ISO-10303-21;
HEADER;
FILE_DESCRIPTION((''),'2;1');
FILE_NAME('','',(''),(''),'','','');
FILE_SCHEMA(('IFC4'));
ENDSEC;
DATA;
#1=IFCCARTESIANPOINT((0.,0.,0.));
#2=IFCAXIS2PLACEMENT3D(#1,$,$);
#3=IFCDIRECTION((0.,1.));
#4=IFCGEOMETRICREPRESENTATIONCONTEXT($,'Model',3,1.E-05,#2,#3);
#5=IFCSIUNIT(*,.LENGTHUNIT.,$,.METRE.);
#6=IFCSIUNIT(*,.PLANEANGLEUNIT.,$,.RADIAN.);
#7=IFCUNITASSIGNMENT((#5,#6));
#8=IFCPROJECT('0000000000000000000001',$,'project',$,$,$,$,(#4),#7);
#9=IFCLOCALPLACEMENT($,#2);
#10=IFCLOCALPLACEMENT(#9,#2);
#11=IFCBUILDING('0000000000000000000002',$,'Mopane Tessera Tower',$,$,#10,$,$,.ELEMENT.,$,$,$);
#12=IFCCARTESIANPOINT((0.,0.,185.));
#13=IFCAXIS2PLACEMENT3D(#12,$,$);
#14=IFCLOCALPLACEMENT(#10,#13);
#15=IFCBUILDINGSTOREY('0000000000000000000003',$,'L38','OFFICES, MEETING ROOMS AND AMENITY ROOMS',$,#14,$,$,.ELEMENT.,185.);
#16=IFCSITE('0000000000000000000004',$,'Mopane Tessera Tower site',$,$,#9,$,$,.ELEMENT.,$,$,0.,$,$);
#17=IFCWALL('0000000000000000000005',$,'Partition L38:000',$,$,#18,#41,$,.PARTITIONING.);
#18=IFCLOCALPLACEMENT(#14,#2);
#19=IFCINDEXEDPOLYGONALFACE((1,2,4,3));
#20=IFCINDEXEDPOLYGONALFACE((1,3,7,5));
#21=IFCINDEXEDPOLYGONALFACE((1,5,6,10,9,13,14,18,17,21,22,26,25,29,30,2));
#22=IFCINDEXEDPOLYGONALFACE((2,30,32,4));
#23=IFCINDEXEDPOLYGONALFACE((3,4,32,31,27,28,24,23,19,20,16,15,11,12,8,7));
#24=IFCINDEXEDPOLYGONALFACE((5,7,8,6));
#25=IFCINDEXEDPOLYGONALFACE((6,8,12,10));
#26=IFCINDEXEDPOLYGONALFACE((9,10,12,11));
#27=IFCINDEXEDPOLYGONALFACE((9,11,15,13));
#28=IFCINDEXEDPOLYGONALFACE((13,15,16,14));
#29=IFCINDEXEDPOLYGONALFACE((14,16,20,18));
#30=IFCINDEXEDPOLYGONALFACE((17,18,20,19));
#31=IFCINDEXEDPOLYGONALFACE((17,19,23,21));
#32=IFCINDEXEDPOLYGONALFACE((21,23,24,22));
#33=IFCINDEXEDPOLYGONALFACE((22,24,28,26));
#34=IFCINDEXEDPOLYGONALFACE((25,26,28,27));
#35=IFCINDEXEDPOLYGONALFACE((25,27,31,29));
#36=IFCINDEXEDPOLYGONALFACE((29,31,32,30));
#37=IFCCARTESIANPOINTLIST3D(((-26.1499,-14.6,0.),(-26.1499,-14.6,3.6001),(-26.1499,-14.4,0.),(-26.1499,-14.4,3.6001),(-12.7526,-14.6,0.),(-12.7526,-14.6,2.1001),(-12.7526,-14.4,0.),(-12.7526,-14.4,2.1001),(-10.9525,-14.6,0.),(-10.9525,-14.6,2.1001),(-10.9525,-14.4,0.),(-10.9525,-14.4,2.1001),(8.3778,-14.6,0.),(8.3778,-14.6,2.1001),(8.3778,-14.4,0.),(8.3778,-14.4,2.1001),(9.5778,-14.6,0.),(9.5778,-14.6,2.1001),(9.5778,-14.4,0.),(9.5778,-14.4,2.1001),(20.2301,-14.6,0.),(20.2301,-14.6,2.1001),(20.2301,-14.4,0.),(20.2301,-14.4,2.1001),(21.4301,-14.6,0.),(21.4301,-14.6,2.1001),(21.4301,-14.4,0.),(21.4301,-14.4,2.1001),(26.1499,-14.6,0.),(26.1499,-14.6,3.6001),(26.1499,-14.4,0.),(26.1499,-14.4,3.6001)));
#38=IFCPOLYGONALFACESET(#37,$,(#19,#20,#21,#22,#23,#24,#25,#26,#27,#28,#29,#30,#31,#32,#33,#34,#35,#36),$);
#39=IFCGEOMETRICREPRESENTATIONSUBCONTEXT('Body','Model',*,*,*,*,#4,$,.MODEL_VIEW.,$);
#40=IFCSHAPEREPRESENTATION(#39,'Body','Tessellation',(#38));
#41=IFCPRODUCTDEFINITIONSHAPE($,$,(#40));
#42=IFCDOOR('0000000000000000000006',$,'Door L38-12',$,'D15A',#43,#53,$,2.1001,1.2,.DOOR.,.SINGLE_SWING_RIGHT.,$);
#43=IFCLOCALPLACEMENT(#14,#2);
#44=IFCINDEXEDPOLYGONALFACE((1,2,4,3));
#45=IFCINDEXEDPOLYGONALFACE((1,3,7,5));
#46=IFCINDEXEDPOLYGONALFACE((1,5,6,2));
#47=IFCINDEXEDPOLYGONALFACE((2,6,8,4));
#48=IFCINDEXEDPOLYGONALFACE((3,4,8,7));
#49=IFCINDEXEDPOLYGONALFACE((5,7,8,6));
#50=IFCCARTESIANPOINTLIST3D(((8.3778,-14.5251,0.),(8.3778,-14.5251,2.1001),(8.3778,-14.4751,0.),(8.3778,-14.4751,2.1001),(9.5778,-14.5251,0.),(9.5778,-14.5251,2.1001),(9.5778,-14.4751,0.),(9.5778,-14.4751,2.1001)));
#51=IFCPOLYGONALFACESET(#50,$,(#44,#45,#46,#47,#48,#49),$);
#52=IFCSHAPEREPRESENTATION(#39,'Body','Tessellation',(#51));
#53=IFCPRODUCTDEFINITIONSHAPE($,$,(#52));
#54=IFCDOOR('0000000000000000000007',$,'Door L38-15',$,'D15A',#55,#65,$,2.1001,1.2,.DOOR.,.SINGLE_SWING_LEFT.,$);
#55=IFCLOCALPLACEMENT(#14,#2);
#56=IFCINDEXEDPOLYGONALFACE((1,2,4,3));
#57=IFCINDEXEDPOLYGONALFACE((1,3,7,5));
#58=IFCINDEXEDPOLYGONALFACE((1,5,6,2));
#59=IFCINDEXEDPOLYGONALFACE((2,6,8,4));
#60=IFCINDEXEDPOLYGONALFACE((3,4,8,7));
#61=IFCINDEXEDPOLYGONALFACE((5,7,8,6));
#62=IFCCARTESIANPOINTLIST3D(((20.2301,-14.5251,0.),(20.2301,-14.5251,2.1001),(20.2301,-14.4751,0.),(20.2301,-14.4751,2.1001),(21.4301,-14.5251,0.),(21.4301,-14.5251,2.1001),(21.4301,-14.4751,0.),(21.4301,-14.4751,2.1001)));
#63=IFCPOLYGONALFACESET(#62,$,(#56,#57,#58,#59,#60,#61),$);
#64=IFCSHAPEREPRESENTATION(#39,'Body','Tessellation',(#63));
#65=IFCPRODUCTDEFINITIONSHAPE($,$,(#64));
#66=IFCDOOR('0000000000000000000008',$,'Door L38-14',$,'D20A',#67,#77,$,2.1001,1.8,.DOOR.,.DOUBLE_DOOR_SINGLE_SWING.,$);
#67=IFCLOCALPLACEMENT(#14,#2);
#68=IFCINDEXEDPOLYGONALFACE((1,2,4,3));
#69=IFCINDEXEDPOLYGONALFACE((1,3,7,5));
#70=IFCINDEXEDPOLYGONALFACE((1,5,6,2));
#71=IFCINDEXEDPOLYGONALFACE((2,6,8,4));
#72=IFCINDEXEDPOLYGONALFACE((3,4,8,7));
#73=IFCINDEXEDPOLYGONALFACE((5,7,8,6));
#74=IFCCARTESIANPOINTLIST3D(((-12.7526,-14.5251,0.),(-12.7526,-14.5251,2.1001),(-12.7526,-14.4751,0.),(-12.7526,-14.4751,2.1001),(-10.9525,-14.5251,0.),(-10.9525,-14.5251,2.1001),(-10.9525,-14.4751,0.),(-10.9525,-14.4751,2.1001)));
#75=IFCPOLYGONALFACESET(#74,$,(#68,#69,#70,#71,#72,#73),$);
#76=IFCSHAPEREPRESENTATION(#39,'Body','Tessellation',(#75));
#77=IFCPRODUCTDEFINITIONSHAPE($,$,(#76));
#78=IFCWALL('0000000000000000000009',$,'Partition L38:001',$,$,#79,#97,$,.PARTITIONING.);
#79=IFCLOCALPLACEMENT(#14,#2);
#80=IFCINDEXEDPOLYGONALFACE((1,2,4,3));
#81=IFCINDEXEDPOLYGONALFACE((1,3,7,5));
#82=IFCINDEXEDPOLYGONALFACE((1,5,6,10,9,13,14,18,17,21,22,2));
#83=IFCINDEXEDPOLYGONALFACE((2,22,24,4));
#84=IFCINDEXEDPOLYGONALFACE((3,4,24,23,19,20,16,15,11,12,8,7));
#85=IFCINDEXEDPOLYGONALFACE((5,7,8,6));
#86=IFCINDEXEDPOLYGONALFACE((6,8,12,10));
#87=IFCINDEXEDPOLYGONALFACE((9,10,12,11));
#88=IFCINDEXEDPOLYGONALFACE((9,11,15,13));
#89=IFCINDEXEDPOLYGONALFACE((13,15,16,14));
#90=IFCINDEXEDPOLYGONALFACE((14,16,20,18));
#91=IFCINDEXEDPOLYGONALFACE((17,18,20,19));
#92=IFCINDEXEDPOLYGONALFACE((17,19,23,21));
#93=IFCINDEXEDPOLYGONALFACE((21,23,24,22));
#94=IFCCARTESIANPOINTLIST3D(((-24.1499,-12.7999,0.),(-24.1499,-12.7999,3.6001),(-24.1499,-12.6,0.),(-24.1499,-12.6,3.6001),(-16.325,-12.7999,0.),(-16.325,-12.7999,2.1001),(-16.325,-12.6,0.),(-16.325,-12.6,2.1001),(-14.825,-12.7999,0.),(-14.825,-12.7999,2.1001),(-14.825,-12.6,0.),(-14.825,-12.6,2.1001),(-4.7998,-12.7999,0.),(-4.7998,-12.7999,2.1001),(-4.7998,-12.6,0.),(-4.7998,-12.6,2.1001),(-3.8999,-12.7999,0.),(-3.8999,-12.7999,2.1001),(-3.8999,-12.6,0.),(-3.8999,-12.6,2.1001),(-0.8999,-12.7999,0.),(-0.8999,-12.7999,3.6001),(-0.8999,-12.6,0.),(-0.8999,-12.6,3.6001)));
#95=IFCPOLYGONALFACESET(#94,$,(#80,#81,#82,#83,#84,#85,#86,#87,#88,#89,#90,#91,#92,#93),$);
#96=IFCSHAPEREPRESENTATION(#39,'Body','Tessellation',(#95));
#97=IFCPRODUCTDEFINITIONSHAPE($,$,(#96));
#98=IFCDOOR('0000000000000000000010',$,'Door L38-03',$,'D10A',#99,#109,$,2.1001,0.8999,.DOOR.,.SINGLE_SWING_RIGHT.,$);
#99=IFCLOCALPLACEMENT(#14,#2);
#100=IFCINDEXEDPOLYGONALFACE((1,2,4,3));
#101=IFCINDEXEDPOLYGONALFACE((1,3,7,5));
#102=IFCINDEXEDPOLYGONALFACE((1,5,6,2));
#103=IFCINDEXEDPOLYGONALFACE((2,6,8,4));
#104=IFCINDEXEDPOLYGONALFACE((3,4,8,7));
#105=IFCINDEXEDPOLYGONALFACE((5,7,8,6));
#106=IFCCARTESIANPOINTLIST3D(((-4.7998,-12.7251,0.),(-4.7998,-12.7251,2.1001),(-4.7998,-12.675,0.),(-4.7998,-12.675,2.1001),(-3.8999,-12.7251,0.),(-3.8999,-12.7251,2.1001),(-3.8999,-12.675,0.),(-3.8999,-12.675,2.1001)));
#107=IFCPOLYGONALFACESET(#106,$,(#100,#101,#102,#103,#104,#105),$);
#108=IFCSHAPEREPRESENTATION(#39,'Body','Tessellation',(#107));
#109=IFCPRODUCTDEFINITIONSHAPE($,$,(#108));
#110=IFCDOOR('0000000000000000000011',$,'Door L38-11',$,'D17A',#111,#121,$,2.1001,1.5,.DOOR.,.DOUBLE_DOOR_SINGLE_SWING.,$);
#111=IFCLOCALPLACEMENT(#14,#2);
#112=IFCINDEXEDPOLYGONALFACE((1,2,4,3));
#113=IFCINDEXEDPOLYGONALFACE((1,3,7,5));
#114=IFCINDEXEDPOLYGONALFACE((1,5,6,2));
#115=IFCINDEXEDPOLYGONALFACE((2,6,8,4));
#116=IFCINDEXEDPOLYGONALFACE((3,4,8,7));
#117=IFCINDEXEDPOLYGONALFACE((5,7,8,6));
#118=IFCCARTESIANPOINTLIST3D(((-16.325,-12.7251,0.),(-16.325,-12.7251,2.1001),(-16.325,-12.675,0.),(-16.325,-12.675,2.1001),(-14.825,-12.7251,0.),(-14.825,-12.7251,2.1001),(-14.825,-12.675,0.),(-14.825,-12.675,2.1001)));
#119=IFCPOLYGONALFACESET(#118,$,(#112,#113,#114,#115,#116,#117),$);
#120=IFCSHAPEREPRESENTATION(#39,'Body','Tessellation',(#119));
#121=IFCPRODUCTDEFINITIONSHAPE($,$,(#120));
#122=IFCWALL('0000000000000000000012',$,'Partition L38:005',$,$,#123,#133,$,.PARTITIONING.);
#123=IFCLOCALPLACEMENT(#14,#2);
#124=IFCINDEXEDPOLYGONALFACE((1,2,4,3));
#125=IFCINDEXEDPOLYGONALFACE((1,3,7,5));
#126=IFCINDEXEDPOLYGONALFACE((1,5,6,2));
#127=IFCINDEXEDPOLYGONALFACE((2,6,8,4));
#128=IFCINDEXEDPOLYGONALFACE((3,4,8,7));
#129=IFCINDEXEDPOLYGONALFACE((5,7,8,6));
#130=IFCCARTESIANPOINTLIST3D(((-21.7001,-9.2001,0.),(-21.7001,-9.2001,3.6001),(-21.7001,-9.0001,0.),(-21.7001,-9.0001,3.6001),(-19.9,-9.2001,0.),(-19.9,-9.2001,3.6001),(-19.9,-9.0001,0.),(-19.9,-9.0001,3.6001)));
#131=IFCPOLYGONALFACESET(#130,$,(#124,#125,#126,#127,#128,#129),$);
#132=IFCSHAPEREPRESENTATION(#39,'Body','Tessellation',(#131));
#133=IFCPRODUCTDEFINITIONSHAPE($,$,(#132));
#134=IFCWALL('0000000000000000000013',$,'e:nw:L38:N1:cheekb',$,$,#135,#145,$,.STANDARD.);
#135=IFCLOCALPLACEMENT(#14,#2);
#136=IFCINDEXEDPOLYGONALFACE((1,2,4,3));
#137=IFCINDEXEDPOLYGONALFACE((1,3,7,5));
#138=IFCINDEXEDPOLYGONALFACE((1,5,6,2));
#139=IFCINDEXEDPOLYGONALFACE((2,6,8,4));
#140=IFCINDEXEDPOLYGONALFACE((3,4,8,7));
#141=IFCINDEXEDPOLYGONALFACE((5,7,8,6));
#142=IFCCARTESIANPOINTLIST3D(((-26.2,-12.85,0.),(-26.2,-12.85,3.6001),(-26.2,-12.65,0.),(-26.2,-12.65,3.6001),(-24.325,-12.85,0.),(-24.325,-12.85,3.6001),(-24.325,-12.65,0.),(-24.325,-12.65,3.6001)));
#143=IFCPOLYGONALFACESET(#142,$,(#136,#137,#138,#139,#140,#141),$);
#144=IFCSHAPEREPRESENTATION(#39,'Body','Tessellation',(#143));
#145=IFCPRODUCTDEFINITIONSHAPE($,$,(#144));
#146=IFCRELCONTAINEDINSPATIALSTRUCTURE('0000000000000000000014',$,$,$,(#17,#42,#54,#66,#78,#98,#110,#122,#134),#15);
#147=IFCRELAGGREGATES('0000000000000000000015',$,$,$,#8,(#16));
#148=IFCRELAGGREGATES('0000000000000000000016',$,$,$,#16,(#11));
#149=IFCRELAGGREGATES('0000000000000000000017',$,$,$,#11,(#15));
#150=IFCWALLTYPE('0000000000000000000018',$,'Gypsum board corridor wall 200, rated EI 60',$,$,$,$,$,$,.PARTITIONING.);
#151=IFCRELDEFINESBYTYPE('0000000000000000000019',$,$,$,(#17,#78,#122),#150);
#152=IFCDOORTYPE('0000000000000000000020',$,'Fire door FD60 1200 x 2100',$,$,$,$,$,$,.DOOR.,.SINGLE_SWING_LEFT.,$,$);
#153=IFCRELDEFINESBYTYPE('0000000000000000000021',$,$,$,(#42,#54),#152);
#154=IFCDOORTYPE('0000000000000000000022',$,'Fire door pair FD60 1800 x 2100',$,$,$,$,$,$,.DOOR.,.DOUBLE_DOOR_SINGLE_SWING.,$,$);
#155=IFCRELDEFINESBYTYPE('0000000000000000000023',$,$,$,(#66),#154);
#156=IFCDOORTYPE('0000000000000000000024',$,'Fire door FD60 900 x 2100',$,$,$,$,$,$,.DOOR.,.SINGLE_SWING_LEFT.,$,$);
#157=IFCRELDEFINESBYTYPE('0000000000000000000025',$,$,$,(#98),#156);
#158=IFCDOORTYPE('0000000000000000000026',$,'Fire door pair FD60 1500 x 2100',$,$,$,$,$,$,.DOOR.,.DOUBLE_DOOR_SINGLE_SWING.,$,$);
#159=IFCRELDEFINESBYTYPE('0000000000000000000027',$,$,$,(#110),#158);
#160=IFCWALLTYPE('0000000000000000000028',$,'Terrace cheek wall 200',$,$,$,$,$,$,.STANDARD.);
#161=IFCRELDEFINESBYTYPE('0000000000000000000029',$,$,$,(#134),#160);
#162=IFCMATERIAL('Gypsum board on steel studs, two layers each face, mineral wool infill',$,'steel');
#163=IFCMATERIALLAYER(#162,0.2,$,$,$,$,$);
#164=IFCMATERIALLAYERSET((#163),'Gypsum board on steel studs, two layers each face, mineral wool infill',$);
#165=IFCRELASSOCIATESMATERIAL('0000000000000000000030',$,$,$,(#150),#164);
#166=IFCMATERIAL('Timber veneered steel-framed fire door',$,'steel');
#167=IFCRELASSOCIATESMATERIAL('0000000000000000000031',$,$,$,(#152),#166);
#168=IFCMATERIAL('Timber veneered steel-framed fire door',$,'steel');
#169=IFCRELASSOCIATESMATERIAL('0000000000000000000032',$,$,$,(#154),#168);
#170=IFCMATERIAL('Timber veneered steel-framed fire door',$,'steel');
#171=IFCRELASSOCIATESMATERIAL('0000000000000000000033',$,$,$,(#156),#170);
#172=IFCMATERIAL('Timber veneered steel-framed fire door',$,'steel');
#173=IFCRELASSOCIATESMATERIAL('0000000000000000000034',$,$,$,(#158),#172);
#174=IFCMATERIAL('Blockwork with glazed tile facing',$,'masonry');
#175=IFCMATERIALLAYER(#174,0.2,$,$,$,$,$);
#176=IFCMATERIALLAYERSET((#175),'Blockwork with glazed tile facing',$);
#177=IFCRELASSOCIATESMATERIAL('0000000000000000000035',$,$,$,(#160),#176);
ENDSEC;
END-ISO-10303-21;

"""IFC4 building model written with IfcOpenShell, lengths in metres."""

from ifc_helpers import new_model, si_unit, direction, frame, frame_2d, origin, place, context, subcontext, project, spatial, rectangle, extrude, material, layer, layer_set, type_object, element, fill, save


model = new_model("IFC4")

# Units and contexts
model_context = context("Model", 3, precision=1e-05, world=origin(), true_north=direction((0.0, 1.0)))
body_context = subcontext(model_context, "Body", "Model", "MODEL_VIEW")
ifc_project = project(units=[si_unit("LENGTHUNIT", "METRE"), si_unit("PLANEANGLEUNIT", "RADIAN")], contexts=[model_context])

# Site, building, storey
site_placement = place(None, origin())
site = spatial("IfcSite", under=ifc_project, at=site_placement, Name="Mopane Tessera Tower site", CompositionType="ELEMENT", RefElevation=0.0)
building_placement = place(site_placement, origin())
building = spatial("IfcBuilding", under=site, at=building_placement, Name="Mopane Tessera Tower", CompositionType="ELEMENT")
storey_placement = place(building_placement, frame((0.0, 0.0, 185.0)))
storey = spatial("IfcBuildingStorey", under=building, at=storey_placement, Name="L38", Description="OFFICES, MEETING ROOMS AND AMENITY ROOMS", CompositionType="ELEMENT", Elevation=185.0)

# Walls, openings, doors
ifc_material_1 = material(Name="Gypsum board on steel studs, two layers each face, mineral wool infill", Category="steel")
ifc_layer_1 = layer(ifc_material_1, 0.2)
ifc_layer_set_1 = layer_set([ifc_layer_1], Name="Gypsum board on steel studs, two layers each face, mineral wool infill")
wall_type_1 = type_object("IfcWallType", Name="Gypsum board corridor wall 200, rated EI 60", PredefinedType="PARTITIONING", material=ifc_layer_set_1)
wall_1_placement = place(storey_placement, frame((-26.1499, -14.5, 0.0), z_axis=(0.0, 0.0, 1.0), x_axis=(1.0, 0.0, 0.0)))
wall_1 = element("IfcWall", 1, at=wall_1_placement, inside=storey, type_object=wall_type_1, Name="Partition L38:000", PredefinedType="PARTITIONING", context=body_context, shape_type="SweptSolid", body=[
    extrude(rectangle(XDim=52.2998, YDim=0.2, at=frame_2d((26.1499, 0.0))), origin(), (0.0, 0.0, 1.0), 3.6001),
])
opening_1_placement = place(wall_1_placement, frame((34.5276, 0.0, 0.0)))
opening_1 = element("IfcOpeningElement", 2, at=opening_1_placement, cuts=wall_1, PredefinedType="OPENING", context=body_context, shape_type="SweptSolid", body=[
    extrude(rectangle(XDim=1.2, YDim=2.1001, at=frame_2d((0.6001, 1.05))), frame((0.0, 0.1121, 0.0), z_axis=(0.0, -1.0, 0.0), x_axis=(1.0, 0.0, 0.0)), (0.0, 0.0, 1.0), 0.2239),
])
opening_2_placement = place(wall_1_placement, frame((13.3975, 0.0, 0.0)))
opening_2 = element("IfcOpeningElement", 3, at=opening_2_placement, cuts=wall_1, PredefinedType="OPENING", context=body_context, shape_type="SweptSolid", body=[
    extrude(rectangle(XDim=1.8, YDim=2.1001, at=frame_2d((0.8999, 1.05))), frame((0.0, 0.1121, 0.0), z_axis=(0.0, -1.0, 0.0), x_axis=(1.0, 0.0, 0.0)), (0.0, 0.0, 1.0), 0.2239),
])
opening_3_placement = place(wall_1_placement, frame((46.3799, 0.0, 0.0)))
opening_3 = element("IfcOpeningElement", 4, at=opening_3_placement, cuts=wall_1, PredefinedType="OPENING", context=body_context, shape_type="SweptSolid", body=[
    extrude(rectangle(XDim=1.2, YDim=2.1001, at=frame_2d((0.6001, 1.05))), frame((0.0, 0.1121, 0.0), z_axis=(0.0, -1.0, 0.0), x_axis=(1.0, 0.0, 0.0)), (0.0, 0.0, 1.0), 0.2239),
])
ifc_material_2 = material(Name="Timber veneered steel-framed fire door", Category="steel")
door_type_1 = type_object("IfcDoorType", Name="Fire door FD60 1200 x 2100", OperationType="SINGLE_SWING_LEFT", PredefinedType="DOOR", material=ifc_material_2)
door_1_placement = place(opening_1_placement, origin())
door_1 = element("IfcDoor", 5, at=door_1_placement, inside=storey, type_object=door_type_1, Name="Door L38-12", ObjectType="D15A", OperationType="SINGLE_SWING_RIGHT", OverallHeight=2.1001, OverallWidth=1.2, PredefinedType="DOOR", context=body_context, shape_type="SweptSolid", body=[
    extrude(rectangle(XDim=1.2, YDim=2.1001, at=frame_2d((0.6001, 1.05))), frame((0.0, 0.0249, 0.0), z_axis=(0.0, -1.0, 0.0), x_axis=(1.0, 0.0, 0.0)), (0.0, 0.0, 1.0), 0.05),
])
fill(opening_1, door_1)
door_2_placement = place(opening_3_placement, origin())
door_2 = element("IfcDoor", 6, at=door_2_placement, inside=storey, type_object=door_type_1, Name="Door L38-15", ObjectType="D15A", OperationType="SINGLE_SWING_LEFT", OverallHeight=2.1001, OverallWidth=1.2, PredefinedType="DOOR", context=body_context, shape_type="SweptSolid", body=[
    extrude(rectangle(XDim=1.2, YDim=2.1001, at=frame_2d((0.6001, 1.05))), frame((0.0, 0.0249, 0.0), z_axis=(0.0, -1.0, 0.0), x_axis=(1.0, 0.0, 0.0)), (0.0, 0.0, 1.0), 0.05),
])
fill(opening_3, door_2)
ifc_material_3 = material(Name="Timber veneered steel-framed fire door", Category="steel")
door_type_2 = type_object("IfcDoorType", Name="Fire door pair FD60 1800 x 2100", OperationType="DOUBLE_DOOR_SINGLE_SWING", PredefinedType="DOOR", material=ifc_material_3)
door_3_placement = place(opening_2_placement, origin())
door_3 = element("IfcDoor", 7, at=door_3_placement, inside=storey, type_object=door_type_2, Name="Door L38-14", ObjectType="D20A", OperationType="DOUBLE_DOOR_SINGLE_SWING", OverallHeight=2.1001, OverallWidth=1.8, PredefinedType="DOOR", context=body_context, shape_type="SweptSolid", body=[
    extrude(rectangle(XDim=1.8, YDim=2.1001, at=frame_2d((0.8999, 1.05))), frame((0.0, 0.0249, 0.0), z_axis=(0.0, -1.0, 0.0), x_axis=(1.0, 0.0, 0.0)), (0.0, 0.0, 1.0), 0.05),
])
fill(opening_2, door_3)
wall_2_placement = place(storey_placement, frame((-24.1499, -12.7, 0.0), z_axis=(0.0, 0.0, 1.0), x_axis=(1.0, 0.0, 0.0)))
wall_2 = element("IfcWall", 8, at=wall_2_placement, inside=storey, type_object=wall_type_1, Name="Partition L38:001", PredefinedType="PARTITIONING", context=body_context, shape_type="SweptSolid", body=[
    extrude(rectangle(XDim=23.25, YDim=0.2, at=frame_2d((11.625, 0.0))), origin(), (0.0, 0.0, 1.0), 3.6001),
])
opening_4_placement = place(wall_2_placement, frame((19.3501, 0.0, 0.0)))
opening_4 = element("IfcOpeningElement", 9, at=opening_4_placement, cuts=wall_2, PredefinedType="OPENING", context=body_context, shape_type="SweptSolid", body=[
    extrude(rectangle(XDim=0.8999, YDim=2.1001, at=frame_2d((0.45, 1.05))), frame((0.0, 0.1121, 0.0), z_axis=(0.0, -1.0, 0.0), x_axis=(1.0, 0.0, 0.0)), (0.0, 0.0, 1.0), 0.2239),
])
opening_5_placement = place(wall_2_placement, frame((7.825, 0.0, 0.0)))
opening_5 = element("IfcOpeningElement", 10, at=opening_5_placement, cuts=wall_2, PredefinedType="OPENING", context=body_context, shape_type="SweptSolid", body=[
    extrude(rectangle(XDim=1.5, YDim=2.1001, at=frame_2d((0.75, 1.05))), frame((0.0, 0.1121, 0.0), z_axis=(0.0, -1.0, 0.0), x_axis=(1.0, 0.0, 0.0)), (0.0, 0.0, 1.0), 0.2239),
])
ifc_material_4 = material(Name="Timber veneered steel-framed fire door", Category="steel")
door_type_3 = type_object("IfcDoorType", Name="Fire door FD60 900 x 2100", OperationType="SINGLE_SWING_LEFT", PredefinedType="DOOR", material=ifc_material_4)
door_4_placement = place(opening_4_placement, origin())
door_4 = element("IfcDoor", 11, at=door_4_placement, inside=storey, type_object=door_type_3, Name="Door L38-03", ObjectType="D10A", OperationType="SINGLE_SWING_RIGHT", OverallHeight=2.1001, OverallWidth=0.8999, PredefinedType="DOOR", context=body_context, shape_type="SweptSolid", body=[
    extrude(rectangle(XDim=0.8999, YDim=2.1001, at=frame_2d((0.45, 1.05))), frame((0.0, 0.0249, 0.0), z_axis=(0.0, -1.0, 0.0), x_axis=(1.0, 0.0, 0.0)), (0.0, 0.0, 1.0), 0.05),
])
fill(opening_4, door_4)
ifc_material_5 = material(Name="Timber veneered steel-framed fire door", Category="steel")
door_type_4 = type_object("IfcDoorType", Name="Fire door pair FD60 1500 x 2100", OperationType="DOUBLE_DOOR_SINGLE_SWING", PredefinedType="DOOR", material=ifc_material_5)
door_5_placement = place(opening_5_placement, origin())
door_5 = element("IfcDoor", 12, at=door_5_placement, inside=storey, type_object=door_type_4, Name="Door L38-11", ObjectType="D17A", OperationType="DOUBLE_DOOR_SINGLE_SWING", OverallHeight=2.1001, OverallWidth=1.5, PredefinedType="DOOR", context=body_context, shape_type="SweptSolid", body=[
    extrude(rectangle(XDim=1.5, YDim=2.1001, at=frame_2d((0.75, 1.05))), frame((0.0, 0.0249, 0.0), z_axis=(0.0, -1.0, 0.0), x_axis=(1.0, 0.0, 0.0)), (0.0, 0.0, 1.0), 0.05),
])
fill(opening_5, door_5)

# Walls
wall_3_placement = place(storey_placement, frame((-21.7, -9.1001, 0.0), z_axis=(0.0, 0.0, 1.0), x_axis=(1.0, 0.0, 0.0)))
element("IfcWall", 13, at=wall_3_placement, inside=storey, type_object=wall_type_1, Name="Partition L38:005", PredefinedType="PARTITIONING", context=body_context, shape_type="SweptSolid", body=[
    extrude(rectangle(XDim=1.8, YDim=0.2, at=frame_2d((0.8999, 0.0))), origin(), (0.0, 0.0, 1.0), 3.6001),
])
ifc_material_6 = material(Name="Blockwork with glazed tile facing", Category="masonry")
ifc_layer_2 = layer(ifc_material_6, 0.2)
ifc_layer_set_2 = layer_set([ifc_layer_2], Name="Blockwork with glazed tile facing")
wall_type_2 = type_object("IfcWallType", Name="Terrace cheek wall 200", PredefinedType="STANDARD", material=ifc_layer_set_2)
wall_4_placement = place(storey_placement, frame((-26.2, -12.75, 0.0), z_axis=(0.0, 0.0, 1.0), x_axis=(1.0, 0.0, 0.0)))
element("IfcWall", 14, at=wall_4_placement, inside=storey, type_object=wall_type_2, Name="e:nw:L38:N1:cheekb", PredefinedType="STANDARD", context=body_context, shape_type="SweptSolid", body=[
    extrude(rectangle(XDim=1.875, YDim=0.2, at=frame_2d((0.9375, 0.0))), origin(), (0.0, 0.0, 1.0), 3.6001),
])

save(model, "model.ifc")
